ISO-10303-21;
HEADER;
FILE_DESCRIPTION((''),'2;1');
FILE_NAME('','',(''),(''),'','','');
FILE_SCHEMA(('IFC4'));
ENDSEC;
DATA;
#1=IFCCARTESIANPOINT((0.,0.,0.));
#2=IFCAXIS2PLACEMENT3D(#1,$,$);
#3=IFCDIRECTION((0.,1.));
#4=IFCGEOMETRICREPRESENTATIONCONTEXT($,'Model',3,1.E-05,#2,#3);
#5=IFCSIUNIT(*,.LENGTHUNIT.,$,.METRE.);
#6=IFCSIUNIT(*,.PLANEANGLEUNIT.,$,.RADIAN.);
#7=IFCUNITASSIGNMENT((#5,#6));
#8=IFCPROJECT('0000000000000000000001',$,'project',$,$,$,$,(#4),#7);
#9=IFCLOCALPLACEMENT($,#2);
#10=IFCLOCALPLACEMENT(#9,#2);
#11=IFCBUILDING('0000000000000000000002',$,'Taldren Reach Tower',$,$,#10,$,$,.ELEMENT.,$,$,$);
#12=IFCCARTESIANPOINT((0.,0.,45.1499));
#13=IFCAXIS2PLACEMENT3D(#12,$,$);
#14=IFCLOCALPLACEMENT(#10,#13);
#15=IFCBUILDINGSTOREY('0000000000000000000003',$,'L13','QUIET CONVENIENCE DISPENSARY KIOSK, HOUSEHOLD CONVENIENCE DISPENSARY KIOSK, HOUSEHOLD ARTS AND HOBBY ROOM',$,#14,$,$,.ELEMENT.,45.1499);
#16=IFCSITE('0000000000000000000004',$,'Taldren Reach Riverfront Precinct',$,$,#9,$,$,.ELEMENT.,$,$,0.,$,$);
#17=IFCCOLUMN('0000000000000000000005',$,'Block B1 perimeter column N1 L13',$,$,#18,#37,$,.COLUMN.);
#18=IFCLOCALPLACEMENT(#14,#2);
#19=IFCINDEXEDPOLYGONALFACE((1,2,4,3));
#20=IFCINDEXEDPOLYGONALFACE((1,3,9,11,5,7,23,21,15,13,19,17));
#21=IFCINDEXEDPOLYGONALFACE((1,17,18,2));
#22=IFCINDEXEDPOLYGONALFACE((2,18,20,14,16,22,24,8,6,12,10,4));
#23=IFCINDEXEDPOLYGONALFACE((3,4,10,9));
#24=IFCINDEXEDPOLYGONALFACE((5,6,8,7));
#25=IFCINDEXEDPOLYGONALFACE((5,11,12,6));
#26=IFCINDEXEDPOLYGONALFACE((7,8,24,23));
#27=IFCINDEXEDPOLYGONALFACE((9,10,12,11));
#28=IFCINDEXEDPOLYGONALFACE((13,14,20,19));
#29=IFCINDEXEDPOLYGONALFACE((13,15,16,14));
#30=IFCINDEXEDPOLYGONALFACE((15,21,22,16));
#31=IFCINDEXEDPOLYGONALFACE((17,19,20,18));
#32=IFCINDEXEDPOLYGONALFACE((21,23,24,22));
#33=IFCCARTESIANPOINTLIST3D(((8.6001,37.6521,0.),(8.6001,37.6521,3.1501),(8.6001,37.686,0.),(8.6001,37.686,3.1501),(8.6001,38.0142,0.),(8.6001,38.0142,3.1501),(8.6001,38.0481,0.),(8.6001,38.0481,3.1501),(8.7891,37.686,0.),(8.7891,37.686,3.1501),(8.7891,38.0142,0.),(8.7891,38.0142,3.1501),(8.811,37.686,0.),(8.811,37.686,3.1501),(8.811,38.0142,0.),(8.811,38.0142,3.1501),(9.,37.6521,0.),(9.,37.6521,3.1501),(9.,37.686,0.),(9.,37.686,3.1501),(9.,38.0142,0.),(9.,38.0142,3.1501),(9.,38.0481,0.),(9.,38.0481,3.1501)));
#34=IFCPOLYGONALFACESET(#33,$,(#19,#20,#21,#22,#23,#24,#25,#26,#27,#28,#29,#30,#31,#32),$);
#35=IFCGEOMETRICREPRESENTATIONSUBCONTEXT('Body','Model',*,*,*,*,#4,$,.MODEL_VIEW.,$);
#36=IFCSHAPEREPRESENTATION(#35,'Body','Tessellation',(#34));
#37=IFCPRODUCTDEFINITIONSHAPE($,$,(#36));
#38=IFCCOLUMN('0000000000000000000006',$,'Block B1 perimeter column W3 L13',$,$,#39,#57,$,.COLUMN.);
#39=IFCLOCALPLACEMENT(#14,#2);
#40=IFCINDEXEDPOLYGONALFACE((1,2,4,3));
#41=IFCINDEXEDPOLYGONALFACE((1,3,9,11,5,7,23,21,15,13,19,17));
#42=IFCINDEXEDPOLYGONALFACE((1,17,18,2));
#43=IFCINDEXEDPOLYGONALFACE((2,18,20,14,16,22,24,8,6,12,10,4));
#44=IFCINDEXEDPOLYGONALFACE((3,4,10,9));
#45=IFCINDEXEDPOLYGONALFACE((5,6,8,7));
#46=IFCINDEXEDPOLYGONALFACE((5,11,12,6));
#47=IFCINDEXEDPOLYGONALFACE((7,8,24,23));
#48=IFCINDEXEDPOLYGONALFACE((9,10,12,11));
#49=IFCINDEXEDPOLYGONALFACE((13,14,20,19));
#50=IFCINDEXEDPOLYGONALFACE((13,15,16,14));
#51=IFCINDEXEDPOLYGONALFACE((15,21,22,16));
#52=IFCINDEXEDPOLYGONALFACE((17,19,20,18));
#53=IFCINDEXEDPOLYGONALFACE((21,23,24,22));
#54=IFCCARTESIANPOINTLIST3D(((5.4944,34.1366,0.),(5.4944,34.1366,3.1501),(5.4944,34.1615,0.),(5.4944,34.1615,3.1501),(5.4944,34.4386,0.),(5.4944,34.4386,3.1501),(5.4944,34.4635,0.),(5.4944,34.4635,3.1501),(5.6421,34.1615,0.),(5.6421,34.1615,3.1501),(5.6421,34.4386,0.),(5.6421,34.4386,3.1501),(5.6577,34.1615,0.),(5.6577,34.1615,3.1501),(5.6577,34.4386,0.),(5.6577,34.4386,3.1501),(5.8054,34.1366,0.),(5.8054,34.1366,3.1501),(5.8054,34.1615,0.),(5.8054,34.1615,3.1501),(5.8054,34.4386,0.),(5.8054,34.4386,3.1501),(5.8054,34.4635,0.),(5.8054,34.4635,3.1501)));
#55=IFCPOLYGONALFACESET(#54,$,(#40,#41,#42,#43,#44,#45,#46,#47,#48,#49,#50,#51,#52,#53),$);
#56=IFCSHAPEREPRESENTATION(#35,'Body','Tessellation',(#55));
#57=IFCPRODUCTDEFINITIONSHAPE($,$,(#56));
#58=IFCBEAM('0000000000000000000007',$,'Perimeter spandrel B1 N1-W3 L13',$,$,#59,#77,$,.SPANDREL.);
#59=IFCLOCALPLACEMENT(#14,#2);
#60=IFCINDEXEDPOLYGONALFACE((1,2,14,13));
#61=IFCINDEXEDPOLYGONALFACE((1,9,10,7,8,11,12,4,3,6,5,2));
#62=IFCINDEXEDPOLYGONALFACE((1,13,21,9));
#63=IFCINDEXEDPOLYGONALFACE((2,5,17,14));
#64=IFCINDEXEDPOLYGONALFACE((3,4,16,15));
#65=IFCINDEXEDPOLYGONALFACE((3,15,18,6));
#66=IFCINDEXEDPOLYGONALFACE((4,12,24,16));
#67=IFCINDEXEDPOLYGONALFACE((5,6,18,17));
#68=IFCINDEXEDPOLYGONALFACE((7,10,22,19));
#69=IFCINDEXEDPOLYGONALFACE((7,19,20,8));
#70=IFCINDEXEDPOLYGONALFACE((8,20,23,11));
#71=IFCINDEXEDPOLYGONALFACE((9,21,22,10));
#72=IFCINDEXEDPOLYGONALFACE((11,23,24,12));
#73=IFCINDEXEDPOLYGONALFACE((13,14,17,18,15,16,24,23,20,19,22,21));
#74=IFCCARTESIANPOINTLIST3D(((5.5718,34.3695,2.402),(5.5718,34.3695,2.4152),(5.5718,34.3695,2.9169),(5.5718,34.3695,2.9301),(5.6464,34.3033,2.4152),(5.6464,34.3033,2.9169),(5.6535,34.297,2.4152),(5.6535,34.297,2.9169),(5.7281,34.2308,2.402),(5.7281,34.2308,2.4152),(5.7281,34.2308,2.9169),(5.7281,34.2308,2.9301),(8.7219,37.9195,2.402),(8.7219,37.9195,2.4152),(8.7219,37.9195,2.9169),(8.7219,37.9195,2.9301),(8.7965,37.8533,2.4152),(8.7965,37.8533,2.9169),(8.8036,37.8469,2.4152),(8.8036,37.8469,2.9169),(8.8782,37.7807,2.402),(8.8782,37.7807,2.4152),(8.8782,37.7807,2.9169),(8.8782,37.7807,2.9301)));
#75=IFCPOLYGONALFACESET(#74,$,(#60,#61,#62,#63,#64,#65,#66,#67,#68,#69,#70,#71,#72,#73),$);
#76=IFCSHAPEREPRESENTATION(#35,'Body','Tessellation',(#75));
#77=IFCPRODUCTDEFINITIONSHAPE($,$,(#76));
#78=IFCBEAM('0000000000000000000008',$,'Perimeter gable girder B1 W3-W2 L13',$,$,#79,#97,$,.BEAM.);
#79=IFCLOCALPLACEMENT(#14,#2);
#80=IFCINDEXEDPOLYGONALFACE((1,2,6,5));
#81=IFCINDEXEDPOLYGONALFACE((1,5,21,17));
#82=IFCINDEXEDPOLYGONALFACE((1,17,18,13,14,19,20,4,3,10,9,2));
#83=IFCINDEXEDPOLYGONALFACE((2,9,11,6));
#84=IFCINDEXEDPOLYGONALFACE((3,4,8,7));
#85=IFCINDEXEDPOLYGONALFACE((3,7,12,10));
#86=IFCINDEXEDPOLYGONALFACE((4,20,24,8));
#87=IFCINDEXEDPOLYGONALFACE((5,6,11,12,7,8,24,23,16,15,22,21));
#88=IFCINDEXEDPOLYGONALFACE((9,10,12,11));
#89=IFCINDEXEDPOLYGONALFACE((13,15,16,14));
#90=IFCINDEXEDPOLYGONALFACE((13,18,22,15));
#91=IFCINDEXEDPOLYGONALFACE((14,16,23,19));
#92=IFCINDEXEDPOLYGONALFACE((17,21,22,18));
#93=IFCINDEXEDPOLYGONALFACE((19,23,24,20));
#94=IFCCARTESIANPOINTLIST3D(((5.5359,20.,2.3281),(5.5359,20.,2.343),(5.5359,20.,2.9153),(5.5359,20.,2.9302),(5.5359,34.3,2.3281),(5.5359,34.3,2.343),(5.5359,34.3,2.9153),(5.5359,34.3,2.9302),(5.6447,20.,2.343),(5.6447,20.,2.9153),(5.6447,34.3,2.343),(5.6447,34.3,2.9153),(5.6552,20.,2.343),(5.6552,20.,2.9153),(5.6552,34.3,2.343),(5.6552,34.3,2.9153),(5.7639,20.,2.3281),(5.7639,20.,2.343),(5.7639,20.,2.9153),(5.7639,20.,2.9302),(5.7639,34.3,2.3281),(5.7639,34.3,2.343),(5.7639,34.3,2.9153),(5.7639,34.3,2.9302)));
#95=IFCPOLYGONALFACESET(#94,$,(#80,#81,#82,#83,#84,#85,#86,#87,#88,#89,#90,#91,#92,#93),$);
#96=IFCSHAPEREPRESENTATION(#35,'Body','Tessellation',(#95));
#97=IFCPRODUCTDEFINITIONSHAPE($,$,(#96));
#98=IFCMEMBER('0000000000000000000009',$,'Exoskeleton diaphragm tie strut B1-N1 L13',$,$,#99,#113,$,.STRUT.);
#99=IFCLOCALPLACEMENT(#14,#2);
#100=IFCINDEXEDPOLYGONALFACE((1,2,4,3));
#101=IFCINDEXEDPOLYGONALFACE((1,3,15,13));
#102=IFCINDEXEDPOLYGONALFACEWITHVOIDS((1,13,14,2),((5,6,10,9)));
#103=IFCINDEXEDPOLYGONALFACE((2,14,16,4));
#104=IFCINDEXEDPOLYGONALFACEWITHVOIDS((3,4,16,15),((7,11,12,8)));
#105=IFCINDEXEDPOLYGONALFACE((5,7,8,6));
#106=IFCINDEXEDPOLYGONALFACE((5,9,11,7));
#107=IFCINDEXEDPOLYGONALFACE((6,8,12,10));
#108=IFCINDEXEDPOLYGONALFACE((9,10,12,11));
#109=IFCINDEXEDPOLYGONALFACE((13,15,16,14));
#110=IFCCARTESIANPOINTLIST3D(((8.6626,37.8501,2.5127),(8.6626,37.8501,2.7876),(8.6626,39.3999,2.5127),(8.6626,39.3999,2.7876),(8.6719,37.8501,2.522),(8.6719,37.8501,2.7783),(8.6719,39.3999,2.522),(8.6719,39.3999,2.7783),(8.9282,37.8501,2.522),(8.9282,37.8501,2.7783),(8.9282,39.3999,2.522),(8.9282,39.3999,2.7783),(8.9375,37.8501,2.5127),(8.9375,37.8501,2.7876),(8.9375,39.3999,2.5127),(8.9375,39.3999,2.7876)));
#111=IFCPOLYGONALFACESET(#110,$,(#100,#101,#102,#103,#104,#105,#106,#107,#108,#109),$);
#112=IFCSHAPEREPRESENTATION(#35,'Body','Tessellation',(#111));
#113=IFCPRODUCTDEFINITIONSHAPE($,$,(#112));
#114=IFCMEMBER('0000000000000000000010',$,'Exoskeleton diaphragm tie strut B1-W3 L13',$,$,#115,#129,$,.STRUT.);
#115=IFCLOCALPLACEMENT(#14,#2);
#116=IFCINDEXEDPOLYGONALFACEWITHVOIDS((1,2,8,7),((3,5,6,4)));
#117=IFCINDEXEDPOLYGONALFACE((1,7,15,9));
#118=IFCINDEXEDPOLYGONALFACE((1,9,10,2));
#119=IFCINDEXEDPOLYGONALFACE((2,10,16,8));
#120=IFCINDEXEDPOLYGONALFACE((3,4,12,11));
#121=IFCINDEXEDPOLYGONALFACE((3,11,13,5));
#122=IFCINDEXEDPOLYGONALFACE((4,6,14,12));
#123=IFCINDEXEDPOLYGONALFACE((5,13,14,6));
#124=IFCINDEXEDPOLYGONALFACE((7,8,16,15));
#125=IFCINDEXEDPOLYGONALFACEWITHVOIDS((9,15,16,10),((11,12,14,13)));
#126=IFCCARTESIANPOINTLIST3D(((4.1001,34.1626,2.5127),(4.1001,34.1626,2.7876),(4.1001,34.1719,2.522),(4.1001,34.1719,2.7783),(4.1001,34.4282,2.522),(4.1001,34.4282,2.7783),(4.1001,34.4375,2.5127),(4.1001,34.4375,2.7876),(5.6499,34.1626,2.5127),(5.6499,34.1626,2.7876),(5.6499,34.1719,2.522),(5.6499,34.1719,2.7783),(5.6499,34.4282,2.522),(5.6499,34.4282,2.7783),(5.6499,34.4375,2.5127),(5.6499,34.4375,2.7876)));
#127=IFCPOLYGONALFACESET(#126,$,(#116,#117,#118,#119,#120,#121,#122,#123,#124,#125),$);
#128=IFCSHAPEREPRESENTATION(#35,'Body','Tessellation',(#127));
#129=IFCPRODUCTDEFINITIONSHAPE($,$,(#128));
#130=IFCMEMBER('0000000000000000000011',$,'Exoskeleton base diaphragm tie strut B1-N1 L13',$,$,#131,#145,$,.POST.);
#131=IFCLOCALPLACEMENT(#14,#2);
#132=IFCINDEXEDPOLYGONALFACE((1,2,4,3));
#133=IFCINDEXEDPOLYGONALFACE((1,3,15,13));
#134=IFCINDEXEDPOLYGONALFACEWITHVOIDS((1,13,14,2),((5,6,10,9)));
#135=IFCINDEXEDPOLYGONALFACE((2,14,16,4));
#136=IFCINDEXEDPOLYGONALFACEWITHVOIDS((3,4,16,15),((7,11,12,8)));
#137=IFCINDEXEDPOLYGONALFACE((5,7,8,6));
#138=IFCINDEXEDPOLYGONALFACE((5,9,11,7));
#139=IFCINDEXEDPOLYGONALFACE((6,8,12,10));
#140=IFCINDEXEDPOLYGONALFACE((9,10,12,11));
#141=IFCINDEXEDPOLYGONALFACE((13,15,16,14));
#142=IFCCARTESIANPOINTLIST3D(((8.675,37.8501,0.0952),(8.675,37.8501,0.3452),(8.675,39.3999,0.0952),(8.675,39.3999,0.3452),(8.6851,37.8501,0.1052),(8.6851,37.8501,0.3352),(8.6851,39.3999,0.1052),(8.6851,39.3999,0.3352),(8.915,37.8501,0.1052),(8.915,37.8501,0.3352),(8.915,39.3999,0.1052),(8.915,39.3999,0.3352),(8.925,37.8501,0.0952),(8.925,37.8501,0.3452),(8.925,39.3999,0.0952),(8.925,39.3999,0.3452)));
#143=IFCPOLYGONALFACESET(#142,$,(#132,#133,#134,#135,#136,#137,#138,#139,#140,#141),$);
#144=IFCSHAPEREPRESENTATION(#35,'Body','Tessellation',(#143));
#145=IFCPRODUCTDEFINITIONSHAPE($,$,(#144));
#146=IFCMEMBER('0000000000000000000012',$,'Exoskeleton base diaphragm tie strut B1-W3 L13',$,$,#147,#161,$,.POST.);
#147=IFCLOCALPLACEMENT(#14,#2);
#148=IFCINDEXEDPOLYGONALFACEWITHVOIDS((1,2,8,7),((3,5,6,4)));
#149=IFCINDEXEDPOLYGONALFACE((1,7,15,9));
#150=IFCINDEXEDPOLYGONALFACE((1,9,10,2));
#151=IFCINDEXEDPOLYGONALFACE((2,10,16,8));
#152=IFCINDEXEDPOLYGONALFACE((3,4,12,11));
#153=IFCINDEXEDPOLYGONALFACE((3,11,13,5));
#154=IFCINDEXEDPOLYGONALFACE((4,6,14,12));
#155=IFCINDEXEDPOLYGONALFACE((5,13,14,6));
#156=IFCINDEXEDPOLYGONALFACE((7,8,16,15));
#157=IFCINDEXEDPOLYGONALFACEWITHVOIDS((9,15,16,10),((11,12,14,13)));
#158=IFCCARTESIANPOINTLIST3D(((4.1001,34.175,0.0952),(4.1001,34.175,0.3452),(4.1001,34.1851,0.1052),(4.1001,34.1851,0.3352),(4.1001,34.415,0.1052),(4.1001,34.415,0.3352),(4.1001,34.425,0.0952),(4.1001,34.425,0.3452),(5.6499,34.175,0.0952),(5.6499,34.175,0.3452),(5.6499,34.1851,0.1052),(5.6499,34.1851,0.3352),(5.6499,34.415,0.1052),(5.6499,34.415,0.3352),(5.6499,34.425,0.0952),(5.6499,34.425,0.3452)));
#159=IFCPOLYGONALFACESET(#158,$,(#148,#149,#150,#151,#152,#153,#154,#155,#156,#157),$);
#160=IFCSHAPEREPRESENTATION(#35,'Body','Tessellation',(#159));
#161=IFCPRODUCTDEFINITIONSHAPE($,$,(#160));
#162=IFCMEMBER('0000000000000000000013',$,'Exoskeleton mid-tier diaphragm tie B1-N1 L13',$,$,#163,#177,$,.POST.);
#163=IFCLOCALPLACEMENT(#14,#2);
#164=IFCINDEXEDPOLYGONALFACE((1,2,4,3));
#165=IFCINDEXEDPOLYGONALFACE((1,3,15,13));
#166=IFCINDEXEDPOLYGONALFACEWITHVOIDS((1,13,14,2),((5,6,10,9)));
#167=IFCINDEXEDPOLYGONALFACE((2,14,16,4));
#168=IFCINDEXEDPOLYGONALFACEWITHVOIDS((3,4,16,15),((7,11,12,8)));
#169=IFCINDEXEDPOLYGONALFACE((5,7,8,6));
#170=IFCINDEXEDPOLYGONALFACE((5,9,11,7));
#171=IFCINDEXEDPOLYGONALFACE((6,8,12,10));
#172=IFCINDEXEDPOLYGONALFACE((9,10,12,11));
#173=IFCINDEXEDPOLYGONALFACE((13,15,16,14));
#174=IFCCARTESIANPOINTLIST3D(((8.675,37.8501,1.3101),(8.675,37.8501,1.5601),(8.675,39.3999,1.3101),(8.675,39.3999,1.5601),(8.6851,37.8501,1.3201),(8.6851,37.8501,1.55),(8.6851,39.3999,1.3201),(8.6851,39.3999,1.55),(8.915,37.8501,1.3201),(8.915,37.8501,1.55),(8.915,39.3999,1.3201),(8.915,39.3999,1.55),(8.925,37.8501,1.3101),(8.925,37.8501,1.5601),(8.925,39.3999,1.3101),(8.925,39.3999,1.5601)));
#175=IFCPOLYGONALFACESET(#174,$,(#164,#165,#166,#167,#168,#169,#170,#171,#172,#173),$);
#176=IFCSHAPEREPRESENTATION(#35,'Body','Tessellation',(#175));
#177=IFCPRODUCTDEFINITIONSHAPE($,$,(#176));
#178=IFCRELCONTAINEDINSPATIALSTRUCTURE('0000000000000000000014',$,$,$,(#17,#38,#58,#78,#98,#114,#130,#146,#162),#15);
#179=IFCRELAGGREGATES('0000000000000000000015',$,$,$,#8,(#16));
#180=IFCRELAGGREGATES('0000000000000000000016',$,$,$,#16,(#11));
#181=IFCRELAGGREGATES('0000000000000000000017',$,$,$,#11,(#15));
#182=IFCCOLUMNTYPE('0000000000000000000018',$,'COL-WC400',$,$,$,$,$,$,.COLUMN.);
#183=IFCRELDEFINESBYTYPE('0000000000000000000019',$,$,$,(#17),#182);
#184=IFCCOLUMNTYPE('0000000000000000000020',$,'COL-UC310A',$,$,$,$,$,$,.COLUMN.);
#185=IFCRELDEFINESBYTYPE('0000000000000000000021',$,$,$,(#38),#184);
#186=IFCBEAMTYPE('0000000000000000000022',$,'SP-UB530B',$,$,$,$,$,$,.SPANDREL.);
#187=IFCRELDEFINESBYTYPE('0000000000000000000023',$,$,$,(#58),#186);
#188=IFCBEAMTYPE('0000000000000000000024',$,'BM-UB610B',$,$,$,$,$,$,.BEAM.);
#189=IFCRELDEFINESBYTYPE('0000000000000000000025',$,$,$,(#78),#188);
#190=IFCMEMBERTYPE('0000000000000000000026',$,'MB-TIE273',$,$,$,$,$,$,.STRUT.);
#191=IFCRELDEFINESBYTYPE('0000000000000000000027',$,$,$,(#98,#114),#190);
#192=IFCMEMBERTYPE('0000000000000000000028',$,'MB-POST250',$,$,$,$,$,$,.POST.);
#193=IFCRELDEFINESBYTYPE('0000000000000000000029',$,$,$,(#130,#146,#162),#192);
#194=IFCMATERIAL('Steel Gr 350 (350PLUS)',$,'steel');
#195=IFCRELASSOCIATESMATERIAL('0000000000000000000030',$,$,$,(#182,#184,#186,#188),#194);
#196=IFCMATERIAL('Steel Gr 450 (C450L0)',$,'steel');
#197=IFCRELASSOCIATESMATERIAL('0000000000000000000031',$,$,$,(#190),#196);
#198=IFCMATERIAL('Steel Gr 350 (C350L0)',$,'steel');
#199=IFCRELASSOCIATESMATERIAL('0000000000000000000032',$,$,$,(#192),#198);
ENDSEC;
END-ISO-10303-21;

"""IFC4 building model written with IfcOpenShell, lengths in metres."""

from ifc_helpers import new_model, si_unit, direction, frame, origin, origin_2d, place, context, subcontext, project, spatial, hollow_rectangle, i_section, extrude, source, transform, mapped, material, material_profile, profile_set, type_object, element, save


model = new_model("IFC4")

# Units and contexts
model_context = context("Model", 3, precision=1e-05, world=origin(), true_north=direction((0.0, 1.0)))
body_context = subcontext(model_context, "Body", "Model", "MODEL_VIEW")
ifc_project = project(units=[si_unit("LENGTHUNIT", "METRE"), si_unit("PLANEANGLEUNIT", "RADIAN")], contexts=[model_context])

# Site, building, storey
site_placement = place(None, origin())
site = spatial("IfcSite", under=ifc_project, at=site_placement, Name="Taldren Reach Riverfront Precinct", CompositionType="ELEMENT", RefElevation=0.0)
building_placement = place(site_placement, origin())
building = spatial("IfcBuilding", under=site, at=building_placement, Name="Taldren Reach Tower", CompositionType="ELEMENT")
storey_placement = place(building_placement, frame((0.0, 0.0, 45.1499)))
storey = spatial("IfcBuildingStorey", under=building, at=storey_placement, Name="L13", Description="QUIET CONVENIENCE DISPENSARY KIOSK, HOUSEHOLD CONVENIENCE DISPENSARY KIOSK, HOUSEHOLD ARTS AND HOBBY ROOM", CompositionType="ELEMENT", Elevation=45.1499)

# Columns
ifc_material_1 = material(Name="Steel Gr 350 (350PLUS)", Category="steel")
ifc_material_profile_1 = material_profile(ifc_material_1, i_section(OverallWidth=0.3999, OverallDepth=0.396, WebThickness=0.022, FlangeThickness=0.0339, at=origin_2d()), Name="400WC270")
ifc_profile_set_1 = profile_set([ifc_material_profile_1], Name="Steel Gr 350 (350PLUS)")
column_type_1 = type_object("IfcColumnType", Name="COL-WC400", PredefinedType="COLUMN", material=ifc_profile_set_1)
shared_shape_1 = source(origin(), body_context, "Body", "SweptSolid", [
    extrude(i_section(OverallWidth=0.3999, OverallDepth=0.396, WebThickness=0.022, FlangeThickness=0.0339, at=origin_2d()), origin(), (0.0, 0.0, 1.0), 3.1501),
])
column_1_placement = place(storey_placement, frame((8.8, 37.8501, 0.0), z_axis=(0.0, 0.0, 1.0), x_axis=(1.0, 0.0, 0.0)))
element("IfcColumn", 1, at=column_1_placement, inside=storey, type_object=column_type_1, Name="Block B1 perimeter column N1 L13", PredefinedType="COLUMN", context=body_context, shape_type="MappedRepresentation", body=[
    mapped(shared_shape_1, transform((0.0, 0.0, 0.0), scale=1.0)),
])
ifc_material_profile_2 = material_profile(ifc_material_1, i_section(OverallWidth=0.311, OverallDepth=0.3269, WebThickness=0.0156, FlangeThickness=0.0249, at=origin_2d()), Name="310UC158")
ifc_profile_set_2 = profile_set([ifc_material_profile_2], Name="Steel Gr 350 (350PLUS)")
column_type_2 = type_object("IfcColumnType", Name="COL-UC310A", PredefinedType="COLUMN", material=ifc_profile_set_2)
shared_shape_2 = source(origin(), body_context, "Body", "SweptSolid", [
    extrude(i_section(OverallWidth=0.311, OverallDepth=0.3269, WebThickness=0.0156, FlangeThickness=0.0249, at=origin_2d()), origin(), (0.0, 0.0, 1.0), 3.1501),
])
column_2_placement = place(storey_placement, frame((5.6499, 34.3, 0.0), z_axis=(0.0, 0.0, 1.0), x_axis=(1.0, 0.0, 0.0)))
element("IfcColumn", 2, at=column_2_placement, inside=storey, type_object=column_type_2, Name="Block B1 perimeter column W3 L13", PredefinedType="COLUMN", context=body_context, shape_type="MappedRepresentation", body=[
    mapped(shared_shape_2, transform((0.0, 0.0, 0.0), scale=1.0)),
])

# Beams
ifc_material_profile_3 = material_profile(ifc_material_1, i_section(OverallWidth=0.209, OverallDepth=0.5281, WebThickness=0.0095, FlangeThickness=0.0132, at=origin_2d()), Name="530UB82.0")
ifc_profile_set_3 = profile_set([ifc_material_profile_3], Name="Steel Gr 350 (350PLUS)")
beam_type_1 = type_object("IfcBeamType", Name="SP-UB530B", PredefinedType="SPANDREL", material=ifc_profile_set_3)
shared_shape_3 = source(origin(), body_context, "Body", "SweptSolid", [
    extrude(i_section(OverallWidth=0.209, OverallDepth=0.5281, WebThickness=0.0095, FlangeThickness=0.0132, at=origin_2d()), origin(), (0.0, 0.0, 1.0), 4.7461),
])
beam_1_placement = place(storey_placement, frame((8.8, 37.8501, 2.666), z_axis=(-0.663722, -0.747979, 0.0), x_axis=(0.747979, -0.663722, 0.0)))
element("IfcBeam", 3, at=beam_1_placement, inside=storey, type_object=beam_type_1, Name="Perimeter spandrel B1 N1-W3 L13", PredefinedType="SPANDREL", context=body_context, shape_type="MappedRepresentation", body=[
    mapped(shared_shape_3, transform((0.0, 0.0, 0.0), scale=1.0)),
])
ifc_material_profile_4 = material_profile(ifc_material_1, i_section(OverallWidth=0.228, OverallDepth=0.6021, WebThickness=0.0105, FlangeThickness=0.0149, at=origin_2d()), Name="610UB101")
ifc_profile_set_4 = profile_set([ifc_material_profile_4], Name="Steel Gr 350 (350PLUS)")
beam_type_2 = type_object("IfcBeamType", Name="BM-UB610B", PredefinedType="BEAM", material=ifc_profile_set_4)
shared_shape_4 = source(origin(), body_context, "Body", "SweptSolid", [
    extrude(i_section(OverallWidth=0.228, OverallDepth=0.6021, WebThickness=0.0105, FlangeThickness=0.0149, at=origin_2d()), origin(), (0.0, 0.0, 1.0), 14.3),
])
beam_2_placement = place(storey_placement, frame((5.6499, 34.3, 2.6292), z_axis=(0.0, -1.0, 0.0), x_axis=(1.0, 0.0, 0.0)))
element("IfcBeam", 4, at=beam_2_placement, inside=storey, type_object=beam_type_2, Name="Perimeter gable girder B1 W3-W2 L13", PredefinedType="BEAM", context=body_context, shape_type="MappedRepresentation", body=[
    mapped(shared_shape_4, transform((0.0, 0.0, 0.0), scale=1.0)),
])

# Members
ifc_material_2 = material(Name="Steel Gr 450 (C450L0)", Category="steel")
ifc_material_profile_5 = material_profile(ifc_material_2, hollow_rectangle(XDim=0.2749, YDim=0.2749, WallThickness=0.0093, at=origin_2d()), Name="275x275x9.3SHS")
ifc_profile_set_5 = profile_set([ifc_material_profile_5], Name="Steel Gr 450 (C450L0)")
member_type_1 = type_object("IfcMemberType", Name="MB-TIE273", PredefinedType="STRUT", material=ifc_profile_set_5)
shared_shape_5 = source(origin(), body_context, "Body", "SweptSolid", [
    extrude(hollow_rectangle(XDim=0.2749, YDim=0.2749, WallThickness=0.0093, at=origin_2d()), origin(), (0.0, 0.0, 1.0), 1.5498),
])
for number, where, z_axis, x_axis, name in (
    (5, (8.8, 37.8501, 2.6501), (0.0, 1.0, 0.0), (-1.0, 0.0, 0.0), "Exoskeleton diaphragm tie strut B1-N1 L13"),
    (6, (5.6499, 34.3, 2.6501), (-1.0, 0.0, 0.0), (0.0, -1.0, 0.0), "Exoskeleton diaphragm tie strut B1-W3 L13"),
):
    element("IfcMember", number, at=place(storey_placement, frame(where, z_axis=z_axis, x_axis=x_axis)), inside=storey, type_object=member_type_1, Name=name, PredefinedType="STRUT", context=body_context, shape_type="MappedRepresentation", body=[
        mapped(shared_shape_5, transform((0.0, 0.0, 0.0), scale=1.0)),
    ])
ifc_material_3 = material(Name="Steel Gr 350 (C350L0)", Category="steel")
ifc_material_profile_6 = material_profile(ifc_material_3, hollow_rectangle(XDim=0.25, YDim=0.25, WallThickness=0.01, at=origin_2d()), Name="250x250x10.0SHS")
ifc_profile_set_6 = profile_set([ifc_material_profile_6], Name="Steel Gr 350 (C350L0)")
member_type_2 = type_object("IfcMemberType", Name="MB-POST250", PredefinedType="POST", material=ifc_profile_set_6)
shared_shape_6 = source(origin(), body_context, "Body", "SweptSolid", [
    extrude(hollow_rectangle(XDim=0.25, YDim=0.25, WallThickness=0.01, at=origin_2d()), origin(), (0.0, 0.0, 1.0), 1.5498),
])
for number, where, z_axis, x_axis, name in (
    (7, (8.8, 37.8501, 0.2202), (0.0, 1.0, 0.0), (-1.0, 0.0, 0.0), "Exoskeleton base diaphragm tie strut B1-N1 L13"),
    (8, (5.6499, 34.3, 0.2202), (-1.0, 0.0, 0.0), (0.0, -1.0, 0.0), "Exoskeleton base diaphragm tie strut B1-W3 L13"),
    (9, (8.8, 37.8501, 1.4351), (0.0, 1.0, 0.0), (-1.0, 0.0, 0.0), "Exoskeleton mid-tier diaphragm tie B1-N1 L13"),
):
    element("IfcMember", number, at=place(storey_placement, frame(where, z_axis=z_axis, x_axis=x_axis)), inside=storey, type_object=member_type_2, Name=name, PredefinedType="POST", context=body_context, shape_type="MappedRepresentation", body=[
        mapped(shared_shape_6, transform((0.0, 0.0, 0.0), scale=1.0)),
    ])

save(model, "model.ifc")
